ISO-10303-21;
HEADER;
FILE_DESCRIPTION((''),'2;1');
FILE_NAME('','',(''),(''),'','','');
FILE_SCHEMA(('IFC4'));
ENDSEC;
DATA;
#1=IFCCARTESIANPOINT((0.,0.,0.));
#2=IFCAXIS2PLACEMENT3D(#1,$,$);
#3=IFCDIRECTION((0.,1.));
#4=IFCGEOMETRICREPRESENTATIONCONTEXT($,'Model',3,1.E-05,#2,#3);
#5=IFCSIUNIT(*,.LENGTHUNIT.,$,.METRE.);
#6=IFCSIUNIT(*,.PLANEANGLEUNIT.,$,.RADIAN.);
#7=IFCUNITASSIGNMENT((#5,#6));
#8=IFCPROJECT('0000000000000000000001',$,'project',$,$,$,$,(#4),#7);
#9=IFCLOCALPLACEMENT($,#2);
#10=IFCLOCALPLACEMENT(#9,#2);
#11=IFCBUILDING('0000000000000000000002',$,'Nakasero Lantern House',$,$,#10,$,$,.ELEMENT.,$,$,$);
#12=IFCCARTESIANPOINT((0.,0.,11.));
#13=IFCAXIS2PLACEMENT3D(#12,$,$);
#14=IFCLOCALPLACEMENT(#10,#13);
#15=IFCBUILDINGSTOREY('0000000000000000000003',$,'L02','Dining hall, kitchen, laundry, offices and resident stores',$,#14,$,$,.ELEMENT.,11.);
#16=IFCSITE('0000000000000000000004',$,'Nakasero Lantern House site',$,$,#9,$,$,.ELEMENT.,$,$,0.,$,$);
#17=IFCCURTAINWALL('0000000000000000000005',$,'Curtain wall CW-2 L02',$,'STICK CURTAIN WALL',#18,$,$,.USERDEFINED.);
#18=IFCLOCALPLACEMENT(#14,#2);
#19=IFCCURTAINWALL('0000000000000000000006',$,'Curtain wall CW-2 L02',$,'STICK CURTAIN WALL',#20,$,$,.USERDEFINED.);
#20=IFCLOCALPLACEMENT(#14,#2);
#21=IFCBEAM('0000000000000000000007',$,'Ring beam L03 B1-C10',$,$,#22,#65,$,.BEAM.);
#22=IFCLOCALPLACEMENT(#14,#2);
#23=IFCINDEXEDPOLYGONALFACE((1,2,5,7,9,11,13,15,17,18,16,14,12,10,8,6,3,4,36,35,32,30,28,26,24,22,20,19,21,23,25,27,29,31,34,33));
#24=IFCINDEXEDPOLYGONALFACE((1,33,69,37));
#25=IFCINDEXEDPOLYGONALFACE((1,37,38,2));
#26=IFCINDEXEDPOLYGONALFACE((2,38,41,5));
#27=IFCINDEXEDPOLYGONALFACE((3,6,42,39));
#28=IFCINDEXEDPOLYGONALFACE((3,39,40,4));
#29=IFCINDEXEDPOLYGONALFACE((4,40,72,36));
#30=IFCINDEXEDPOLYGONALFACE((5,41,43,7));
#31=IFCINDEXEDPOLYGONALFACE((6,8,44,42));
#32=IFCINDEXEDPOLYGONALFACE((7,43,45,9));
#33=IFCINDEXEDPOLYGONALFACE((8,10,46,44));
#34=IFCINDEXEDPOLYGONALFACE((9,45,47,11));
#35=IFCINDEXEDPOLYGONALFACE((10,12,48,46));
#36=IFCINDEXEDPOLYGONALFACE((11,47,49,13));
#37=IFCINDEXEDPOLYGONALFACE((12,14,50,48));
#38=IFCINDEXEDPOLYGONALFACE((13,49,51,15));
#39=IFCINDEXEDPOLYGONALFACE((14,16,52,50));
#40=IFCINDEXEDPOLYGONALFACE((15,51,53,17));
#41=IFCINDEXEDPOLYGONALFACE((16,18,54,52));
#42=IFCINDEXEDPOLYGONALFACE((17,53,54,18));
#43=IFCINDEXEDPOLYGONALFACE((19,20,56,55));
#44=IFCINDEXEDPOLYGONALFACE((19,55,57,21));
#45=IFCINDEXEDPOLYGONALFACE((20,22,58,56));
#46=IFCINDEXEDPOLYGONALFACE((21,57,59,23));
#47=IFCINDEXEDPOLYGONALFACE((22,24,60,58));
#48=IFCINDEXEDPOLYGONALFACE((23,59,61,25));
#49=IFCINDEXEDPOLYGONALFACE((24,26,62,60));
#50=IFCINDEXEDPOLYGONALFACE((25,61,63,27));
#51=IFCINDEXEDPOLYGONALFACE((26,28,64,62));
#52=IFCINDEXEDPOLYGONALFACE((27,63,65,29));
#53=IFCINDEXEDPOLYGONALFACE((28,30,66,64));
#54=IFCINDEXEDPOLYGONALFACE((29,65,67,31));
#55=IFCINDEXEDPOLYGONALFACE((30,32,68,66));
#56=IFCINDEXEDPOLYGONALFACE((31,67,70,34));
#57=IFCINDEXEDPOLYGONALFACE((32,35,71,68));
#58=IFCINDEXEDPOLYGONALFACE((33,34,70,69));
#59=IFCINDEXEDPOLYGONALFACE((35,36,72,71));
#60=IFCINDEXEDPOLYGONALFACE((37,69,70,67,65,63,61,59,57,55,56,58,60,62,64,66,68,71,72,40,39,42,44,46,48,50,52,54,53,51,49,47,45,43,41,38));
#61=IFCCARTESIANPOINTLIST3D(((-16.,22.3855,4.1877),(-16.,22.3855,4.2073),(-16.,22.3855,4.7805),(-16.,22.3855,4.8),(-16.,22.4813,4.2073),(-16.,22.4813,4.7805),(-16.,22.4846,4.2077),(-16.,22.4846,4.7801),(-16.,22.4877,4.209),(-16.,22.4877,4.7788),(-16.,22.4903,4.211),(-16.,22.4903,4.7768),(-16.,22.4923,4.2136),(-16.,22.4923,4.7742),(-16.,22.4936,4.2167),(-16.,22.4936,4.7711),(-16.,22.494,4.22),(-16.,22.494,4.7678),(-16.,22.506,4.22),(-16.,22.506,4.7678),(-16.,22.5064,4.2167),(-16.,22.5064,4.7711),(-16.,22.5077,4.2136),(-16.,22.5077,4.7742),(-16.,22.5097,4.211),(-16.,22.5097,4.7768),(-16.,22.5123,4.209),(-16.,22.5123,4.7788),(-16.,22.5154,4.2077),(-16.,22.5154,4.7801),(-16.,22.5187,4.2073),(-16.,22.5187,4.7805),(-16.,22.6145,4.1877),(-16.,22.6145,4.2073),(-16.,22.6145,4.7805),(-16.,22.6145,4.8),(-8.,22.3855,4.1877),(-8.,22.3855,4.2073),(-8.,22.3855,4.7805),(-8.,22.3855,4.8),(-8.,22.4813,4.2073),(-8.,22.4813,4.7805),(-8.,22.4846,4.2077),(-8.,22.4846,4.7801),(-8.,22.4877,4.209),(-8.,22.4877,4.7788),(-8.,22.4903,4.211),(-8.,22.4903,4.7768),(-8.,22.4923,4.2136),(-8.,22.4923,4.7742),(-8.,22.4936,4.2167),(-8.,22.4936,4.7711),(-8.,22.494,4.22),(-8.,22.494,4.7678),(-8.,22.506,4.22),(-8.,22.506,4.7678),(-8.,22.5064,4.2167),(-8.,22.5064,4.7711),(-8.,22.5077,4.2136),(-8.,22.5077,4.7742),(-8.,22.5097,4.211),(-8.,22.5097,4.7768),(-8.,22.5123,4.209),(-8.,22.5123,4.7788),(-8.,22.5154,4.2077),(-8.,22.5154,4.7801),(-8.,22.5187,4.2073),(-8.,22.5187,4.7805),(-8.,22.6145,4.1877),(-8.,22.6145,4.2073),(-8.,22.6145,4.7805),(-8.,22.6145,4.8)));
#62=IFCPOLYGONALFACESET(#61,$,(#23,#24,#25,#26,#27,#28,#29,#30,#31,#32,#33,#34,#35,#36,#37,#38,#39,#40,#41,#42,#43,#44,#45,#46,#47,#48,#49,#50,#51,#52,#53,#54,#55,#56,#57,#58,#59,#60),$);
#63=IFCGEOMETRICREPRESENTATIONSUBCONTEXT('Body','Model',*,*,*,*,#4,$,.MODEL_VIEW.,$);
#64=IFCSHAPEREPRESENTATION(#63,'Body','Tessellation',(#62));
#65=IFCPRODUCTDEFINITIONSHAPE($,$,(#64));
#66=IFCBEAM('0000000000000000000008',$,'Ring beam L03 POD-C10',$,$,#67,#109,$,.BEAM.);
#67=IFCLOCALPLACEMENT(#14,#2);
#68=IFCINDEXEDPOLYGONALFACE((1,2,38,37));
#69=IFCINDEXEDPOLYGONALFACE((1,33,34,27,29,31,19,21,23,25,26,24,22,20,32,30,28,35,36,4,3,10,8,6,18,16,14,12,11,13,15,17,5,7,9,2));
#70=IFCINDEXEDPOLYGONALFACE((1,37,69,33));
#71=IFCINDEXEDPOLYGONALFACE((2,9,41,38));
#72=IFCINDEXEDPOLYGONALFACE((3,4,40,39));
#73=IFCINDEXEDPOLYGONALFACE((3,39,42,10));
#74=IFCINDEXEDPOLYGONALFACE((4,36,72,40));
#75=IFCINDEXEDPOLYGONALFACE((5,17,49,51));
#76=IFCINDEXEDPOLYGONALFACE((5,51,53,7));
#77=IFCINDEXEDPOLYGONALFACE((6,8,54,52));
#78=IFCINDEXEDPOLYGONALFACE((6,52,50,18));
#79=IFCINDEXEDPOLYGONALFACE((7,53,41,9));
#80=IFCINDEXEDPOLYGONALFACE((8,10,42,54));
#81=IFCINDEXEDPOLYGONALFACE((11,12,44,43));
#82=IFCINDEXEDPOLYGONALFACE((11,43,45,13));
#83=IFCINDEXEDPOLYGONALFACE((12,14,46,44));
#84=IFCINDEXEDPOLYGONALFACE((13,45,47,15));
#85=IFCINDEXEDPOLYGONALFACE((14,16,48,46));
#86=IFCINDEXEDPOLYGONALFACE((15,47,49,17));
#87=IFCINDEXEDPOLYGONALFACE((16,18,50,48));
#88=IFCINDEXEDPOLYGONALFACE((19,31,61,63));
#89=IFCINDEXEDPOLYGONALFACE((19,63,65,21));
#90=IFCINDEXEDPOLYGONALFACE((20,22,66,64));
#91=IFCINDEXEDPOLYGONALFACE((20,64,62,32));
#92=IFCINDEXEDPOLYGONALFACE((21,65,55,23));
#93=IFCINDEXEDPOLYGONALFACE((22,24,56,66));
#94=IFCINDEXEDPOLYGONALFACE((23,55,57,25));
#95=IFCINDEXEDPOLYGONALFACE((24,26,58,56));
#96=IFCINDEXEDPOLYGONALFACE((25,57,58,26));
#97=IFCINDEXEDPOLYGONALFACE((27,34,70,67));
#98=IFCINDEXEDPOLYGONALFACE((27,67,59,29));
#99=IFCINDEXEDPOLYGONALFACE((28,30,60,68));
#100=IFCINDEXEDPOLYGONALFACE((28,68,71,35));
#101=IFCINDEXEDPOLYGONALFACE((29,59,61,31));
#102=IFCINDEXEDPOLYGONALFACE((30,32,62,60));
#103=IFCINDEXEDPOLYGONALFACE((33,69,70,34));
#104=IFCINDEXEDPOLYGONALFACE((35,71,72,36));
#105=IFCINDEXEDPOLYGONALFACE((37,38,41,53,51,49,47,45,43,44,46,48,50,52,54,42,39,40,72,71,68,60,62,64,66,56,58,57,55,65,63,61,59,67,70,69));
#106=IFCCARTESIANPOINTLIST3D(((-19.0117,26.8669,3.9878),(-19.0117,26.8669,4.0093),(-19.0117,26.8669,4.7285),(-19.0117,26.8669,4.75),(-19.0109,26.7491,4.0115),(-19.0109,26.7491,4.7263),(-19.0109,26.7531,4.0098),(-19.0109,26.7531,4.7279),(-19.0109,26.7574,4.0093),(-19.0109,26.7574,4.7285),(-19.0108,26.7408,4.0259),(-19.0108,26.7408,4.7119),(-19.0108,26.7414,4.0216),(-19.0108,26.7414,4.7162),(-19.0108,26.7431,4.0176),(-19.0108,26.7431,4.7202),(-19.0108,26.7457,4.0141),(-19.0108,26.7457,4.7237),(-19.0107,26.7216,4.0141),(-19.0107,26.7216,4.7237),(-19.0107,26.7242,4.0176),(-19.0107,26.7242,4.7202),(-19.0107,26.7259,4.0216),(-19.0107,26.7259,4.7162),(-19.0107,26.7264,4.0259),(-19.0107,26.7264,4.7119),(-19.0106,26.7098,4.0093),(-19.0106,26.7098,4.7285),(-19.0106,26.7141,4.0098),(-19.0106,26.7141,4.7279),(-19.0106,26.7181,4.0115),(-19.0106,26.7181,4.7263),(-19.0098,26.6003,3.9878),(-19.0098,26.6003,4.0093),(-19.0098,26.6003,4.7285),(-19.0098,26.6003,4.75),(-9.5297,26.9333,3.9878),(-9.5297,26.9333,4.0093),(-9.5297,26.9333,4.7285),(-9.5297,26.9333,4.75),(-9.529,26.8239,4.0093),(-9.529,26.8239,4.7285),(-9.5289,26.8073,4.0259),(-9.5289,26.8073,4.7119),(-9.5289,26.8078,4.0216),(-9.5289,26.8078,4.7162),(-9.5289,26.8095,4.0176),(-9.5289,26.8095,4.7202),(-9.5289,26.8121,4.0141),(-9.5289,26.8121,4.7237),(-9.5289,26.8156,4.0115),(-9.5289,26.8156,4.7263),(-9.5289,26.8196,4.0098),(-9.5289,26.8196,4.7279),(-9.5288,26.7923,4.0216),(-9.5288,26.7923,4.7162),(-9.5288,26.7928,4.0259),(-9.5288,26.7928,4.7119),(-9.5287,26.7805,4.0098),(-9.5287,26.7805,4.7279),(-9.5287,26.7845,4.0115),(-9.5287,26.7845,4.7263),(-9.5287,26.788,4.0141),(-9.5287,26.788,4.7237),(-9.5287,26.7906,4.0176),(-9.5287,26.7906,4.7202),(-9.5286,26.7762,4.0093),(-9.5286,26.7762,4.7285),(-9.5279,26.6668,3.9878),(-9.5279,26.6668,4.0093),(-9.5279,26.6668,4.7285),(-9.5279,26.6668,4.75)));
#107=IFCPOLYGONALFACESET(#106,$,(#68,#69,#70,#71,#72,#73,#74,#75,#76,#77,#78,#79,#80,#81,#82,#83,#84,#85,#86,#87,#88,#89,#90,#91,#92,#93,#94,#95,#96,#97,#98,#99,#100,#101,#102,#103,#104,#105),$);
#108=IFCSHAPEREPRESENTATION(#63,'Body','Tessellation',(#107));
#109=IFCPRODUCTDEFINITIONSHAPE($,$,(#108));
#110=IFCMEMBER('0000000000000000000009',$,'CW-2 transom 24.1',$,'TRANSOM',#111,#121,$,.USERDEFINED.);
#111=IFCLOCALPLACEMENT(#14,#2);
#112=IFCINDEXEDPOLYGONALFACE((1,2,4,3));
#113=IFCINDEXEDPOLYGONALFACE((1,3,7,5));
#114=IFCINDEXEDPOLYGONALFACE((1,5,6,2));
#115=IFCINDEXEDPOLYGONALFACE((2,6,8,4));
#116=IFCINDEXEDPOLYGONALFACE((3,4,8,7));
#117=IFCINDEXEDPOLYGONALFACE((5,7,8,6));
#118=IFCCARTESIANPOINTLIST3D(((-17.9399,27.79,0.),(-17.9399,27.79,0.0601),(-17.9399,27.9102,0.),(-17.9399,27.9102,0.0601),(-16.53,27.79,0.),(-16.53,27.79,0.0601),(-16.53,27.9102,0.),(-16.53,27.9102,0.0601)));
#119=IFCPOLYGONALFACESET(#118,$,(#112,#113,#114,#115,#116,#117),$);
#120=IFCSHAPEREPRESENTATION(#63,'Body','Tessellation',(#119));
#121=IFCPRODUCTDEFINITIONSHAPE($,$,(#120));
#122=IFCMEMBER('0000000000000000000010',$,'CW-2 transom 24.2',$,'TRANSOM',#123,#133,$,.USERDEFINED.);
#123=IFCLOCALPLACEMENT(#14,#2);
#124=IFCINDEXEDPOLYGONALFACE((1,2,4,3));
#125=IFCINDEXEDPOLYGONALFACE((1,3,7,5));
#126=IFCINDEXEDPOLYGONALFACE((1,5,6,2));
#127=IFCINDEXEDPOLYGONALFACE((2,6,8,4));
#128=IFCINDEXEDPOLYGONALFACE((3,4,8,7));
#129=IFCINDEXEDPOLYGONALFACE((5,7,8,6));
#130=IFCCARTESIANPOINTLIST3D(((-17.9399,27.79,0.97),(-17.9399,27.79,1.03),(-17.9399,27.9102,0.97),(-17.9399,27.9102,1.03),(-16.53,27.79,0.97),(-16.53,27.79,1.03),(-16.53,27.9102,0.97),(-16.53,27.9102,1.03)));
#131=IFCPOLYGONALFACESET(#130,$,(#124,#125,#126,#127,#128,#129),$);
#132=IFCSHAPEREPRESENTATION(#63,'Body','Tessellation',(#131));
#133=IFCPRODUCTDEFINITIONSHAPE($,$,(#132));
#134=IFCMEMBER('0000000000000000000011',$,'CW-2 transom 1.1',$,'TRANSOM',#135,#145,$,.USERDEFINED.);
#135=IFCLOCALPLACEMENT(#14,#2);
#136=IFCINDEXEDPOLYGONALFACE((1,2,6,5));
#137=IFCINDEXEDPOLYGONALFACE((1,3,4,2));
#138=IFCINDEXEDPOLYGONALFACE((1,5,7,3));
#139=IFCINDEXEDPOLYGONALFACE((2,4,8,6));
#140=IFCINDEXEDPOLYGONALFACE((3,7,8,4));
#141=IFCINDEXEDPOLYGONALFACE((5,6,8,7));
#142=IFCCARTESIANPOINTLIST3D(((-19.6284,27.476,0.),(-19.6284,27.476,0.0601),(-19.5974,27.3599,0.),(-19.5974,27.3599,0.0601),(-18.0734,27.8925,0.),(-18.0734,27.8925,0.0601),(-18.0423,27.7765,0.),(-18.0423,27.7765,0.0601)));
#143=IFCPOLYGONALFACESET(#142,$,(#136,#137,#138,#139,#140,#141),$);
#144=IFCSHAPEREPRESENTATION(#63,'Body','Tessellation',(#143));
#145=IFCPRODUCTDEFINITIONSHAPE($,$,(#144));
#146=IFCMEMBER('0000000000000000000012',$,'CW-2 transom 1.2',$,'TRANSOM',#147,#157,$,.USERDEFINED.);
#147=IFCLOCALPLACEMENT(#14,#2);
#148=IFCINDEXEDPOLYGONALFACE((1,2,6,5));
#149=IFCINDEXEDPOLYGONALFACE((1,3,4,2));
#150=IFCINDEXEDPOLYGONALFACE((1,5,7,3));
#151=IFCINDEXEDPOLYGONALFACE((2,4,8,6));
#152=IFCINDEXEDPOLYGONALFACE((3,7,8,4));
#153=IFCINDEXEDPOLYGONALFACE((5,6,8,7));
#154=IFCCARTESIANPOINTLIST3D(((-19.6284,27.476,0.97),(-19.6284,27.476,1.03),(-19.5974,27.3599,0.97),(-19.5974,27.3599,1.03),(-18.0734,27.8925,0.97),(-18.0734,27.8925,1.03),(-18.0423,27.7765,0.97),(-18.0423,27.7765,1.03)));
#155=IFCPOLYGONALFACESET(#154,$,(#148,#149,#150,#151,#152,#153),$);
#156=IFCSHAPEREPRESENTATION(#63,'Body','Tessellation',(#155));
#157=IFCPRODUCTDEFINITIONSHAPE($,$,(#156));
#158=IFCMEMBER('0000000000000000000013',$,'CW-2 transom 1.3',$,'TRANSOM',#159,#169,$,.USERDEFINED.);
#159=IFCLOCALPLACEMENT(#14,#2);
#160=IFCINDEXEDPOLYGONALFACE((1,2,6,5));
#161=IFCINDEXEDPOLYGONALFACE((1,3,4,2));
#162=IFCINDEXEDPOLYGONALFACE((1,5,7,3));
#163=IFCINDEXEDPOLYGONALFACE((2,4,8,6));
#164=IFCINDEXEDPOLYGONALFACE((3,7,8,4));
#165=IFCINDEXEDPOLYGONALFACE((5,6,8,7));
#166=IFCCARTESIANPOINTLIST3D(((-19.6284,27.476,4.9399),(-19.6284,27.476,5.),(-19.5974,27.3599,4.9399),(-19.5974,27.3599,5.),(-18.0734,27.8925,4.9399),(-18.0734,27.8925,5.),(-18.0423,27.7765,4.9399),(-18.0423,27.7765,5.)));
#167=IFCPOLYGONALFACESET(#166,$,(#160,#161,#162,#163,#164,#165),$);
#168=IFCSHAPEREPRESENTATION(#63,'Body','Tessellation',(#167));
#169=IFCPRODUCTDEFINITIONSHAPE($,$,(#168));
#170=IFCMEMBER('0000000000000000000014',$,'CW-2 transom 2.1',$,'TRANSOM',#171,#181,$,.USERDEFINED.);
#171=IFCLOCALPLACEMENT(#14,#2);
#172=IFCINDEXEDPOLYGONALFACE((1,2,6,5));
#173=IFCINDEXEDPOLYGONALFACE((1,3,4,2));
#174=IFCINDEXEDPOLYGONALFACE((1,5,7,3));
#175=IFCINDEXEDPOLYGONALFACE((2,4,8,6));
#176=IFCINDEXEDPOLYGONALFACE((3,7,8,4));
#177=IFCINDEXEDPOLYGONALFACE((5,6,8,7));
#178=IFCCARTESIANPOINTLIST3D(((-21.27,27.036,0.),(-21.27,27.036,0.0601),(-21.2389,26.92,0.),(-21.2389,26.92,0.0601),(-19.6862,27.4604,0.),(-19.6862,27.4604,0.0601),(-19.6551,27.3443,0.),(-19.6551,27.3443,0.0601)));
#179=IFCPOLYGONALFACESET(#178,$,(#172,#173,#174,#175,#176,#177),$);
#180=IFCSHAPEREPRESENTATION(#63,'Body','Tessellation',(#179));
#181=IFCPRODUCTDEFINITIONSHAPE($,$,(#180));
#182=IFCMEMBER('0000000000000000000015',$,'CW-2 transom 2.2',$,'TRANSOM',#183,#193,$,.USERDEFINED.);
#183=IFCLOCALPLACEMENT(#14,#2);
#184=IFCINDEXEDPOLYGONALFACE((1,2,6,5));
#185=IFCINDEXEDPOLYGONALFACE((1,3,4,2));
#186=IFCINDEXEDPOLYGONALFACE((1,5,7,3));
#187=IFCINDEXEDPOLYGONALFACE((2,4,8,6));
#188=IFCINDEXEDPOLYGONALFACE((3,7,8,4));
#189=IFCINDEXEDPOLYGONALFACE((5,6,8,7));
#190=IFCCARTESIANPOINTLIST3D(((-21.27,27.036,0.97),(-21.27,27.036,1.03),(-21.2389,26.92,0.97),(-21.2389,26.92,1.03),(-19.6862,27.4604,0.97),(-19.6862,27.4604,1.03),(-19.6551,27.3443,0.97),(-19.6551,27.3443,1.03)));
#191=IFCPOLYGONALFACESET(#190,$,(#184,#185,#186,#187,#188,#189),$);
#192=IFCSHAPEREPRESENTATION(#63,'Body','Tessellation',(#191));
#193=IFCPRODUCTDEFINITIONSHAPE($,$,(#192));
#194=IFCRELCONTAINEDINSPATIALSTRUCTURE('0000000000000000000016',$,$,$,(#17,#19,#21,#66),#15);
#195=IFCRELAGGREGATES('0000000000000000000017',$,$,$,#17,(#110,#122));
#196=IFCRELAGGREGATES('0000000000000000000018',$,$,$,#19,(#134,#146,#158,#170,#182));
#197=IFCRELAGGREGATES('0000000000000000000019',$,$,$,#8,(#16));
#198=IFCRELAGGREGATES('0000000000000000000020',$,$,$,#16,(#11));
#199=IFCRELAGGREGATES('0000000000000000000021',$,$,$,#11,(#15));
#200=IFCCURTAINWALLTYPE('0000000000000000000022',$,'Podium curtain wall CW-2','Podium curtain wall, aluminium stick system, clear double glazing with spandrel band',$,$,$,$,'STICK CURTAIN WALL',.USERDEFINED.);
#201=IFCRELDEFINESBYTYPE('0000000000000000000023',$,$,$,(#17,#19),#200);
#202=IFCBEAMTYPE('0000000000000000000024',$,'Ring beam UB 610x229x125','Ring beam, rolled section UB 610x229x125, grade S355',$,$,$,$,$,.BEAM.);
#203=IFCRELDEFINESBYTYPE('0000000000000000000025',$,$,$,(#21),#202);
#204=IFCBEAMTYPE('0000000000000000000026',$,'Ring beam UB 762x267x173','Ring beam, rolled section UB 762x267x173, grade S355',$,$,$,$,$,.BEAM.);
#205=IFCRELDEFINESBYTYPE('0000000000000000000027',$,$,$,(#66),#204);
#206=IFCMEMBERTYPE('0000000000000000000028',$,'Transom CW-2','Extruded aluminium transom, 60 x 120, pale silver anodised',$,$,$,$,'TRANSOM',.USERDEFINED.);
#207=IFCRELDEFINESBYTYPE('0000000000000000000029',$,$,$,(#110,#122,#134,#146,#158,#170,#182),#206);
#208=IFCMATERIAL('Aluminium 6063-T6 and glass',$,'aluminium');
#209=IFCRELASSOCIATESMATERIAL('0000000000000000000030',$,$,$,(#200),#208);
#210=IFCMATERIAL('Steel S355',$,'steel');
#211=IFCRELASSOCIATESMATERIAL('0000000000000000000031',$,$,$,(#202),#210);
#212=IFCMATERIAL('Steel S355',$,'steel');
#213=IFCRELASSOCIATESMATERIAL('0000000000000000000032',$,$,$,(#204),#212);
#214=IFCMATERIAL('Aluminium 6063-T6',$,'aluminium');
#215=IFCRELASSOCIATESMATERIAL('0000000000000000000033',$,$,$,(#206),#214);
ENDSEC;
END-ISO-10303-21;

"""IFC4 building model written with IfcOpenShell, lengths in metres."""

from ifc_helpers import new_model, si_unit, direction, frame, origin, origin_2d, place, context, subcontext, project, spatial, rectangle, i_section, extrude, material, material_profile, profile_set, type_object, element, aggregate, save


model = new_model("IFC4")

# Units and contexts
model_context = context("Model", 3, precision=1e-05, world=origin(), true_north=direction((0.0, 1.0)))
body_context = subcontext(model_context, "Body", "Model", "MODEL_VIEW")
ifc_project = project(units=[si_unit("LENGTHUNIT", "METRE"), si_unit("PLANEANGLEUNIT", "RADIAN")], contexts=[model_context])

# Site, building, storey
site_placement = place(None, origin())
site = spatial("IfcSite", under=ifc_project, at=site_placement, Name="Nakasero Lantern House site", CompositionType="ELEMENT", RefElevation=0.0)
building_placement = place(site_placement, origin())
building = spatial("IfcBuilding", under=site, at=building_placement, Name="Nakasero Lantern House", CompositionType="ELEMENT")
storey_placement = place(building_placement, frame((0.0, 0.0, 11.0)))
storey = spatial("IfcBuildingStorey", under=building, at=storey_placement, Name="L02", Description="Dining hall, kitchen, laundry, offices and resident stores", CompositionType="ELEMENT", Elevation=11.0)

# Curtain wall
ifc_material_1 = material(Name="Aluminium 6063-T6 and glass", Category="aluminium")
curtain_wall_type = type_object("IfcCurtainWallType", Name="Podium curtain wall CW-2", Description="Podium curtain wall, aluminium stick system, clear double glazing with spandrel band", ElementType="STICK CURTAIN WALL", PredefinedType="USERDEFINED", material=ifc_material_1)
curtain_wall_1_placement = place(storey_placement, origin())
curtain_wall_1 = element("IfcCurtainWall", 1, at=curtain_wall_1_placement, inside=storey, type_object=curtain_wall_type, Name="Curtain wall CW-2 L02", ObjectType="STICK CURTAIN WALL", PredefinedType="USERDEFINED")

# Curtain wall
curtain_wall_2_placement = place(storey_placement, origin())
curtain_wall_2 = element("IfcCurtainWall", 2, at=curtain_wall_2_placement, inside=storey, type_object=curtain_wall_type, Name="Curtain wall CW-2 L02", ObjectType="STICK CURTAIN WALL", PredefinedType="USERDEFINED")

# Beams
ifc_material_2 = material(Name="Steel S355", Category="steel")
ifc_material_profile_1 = material_profile(ifc_material_2, i_section(OverallWidth=0.229, OverallDepth=0.6123, WebThickness=0.012, FlangeThickness=0.0195, FilletRadius=0.0127, at=origin_2d()), Name="UB 610x229x125")
ifc_profile_set_1 = profile_set([ifc_material_profile_1], Name="Steel S355")
beam_type_1 = type_object("IfcBeamType", Name="Ring beam UB 610x229x125", Description="Ring beam, rolled section UB 610x229x125, grade S355", PredefinedType="BEAM", material=ifc_profile_set_1)
beam_1_placement = place(storey_placement, frame((-8.0, 22.5, 4.4939), z_axis=(-1.0, 0.0, 0.0), x_axis=(0.0, -1.0, 0.0)))
element("IfcBeam", 3, at=beam_1_placement, inside=storey, type_object=beam_type_1, Name="Ring beam L03 B1-C10", PredefinedType="BEAM", context=body_context, shape_type="SweptSolid", body=[
    extrude(i_section(OverallWidth=0.229, OverallDepth=0.6123, WebThickness=0.012, FlangeThickness=0.0195, FilletRadius=0.0127, at=origin_2d()), origin(), (0.0, 0.0, 1.0), 8.0),
])
ifc_material_3 = material(Name="Steel S355", Category="steel")
ifc_material_profile_2 = material_profile(ifc_material_3, i_section(OverallWidth=0.2666, OverallDepth=0.7622, WebThickness=0.0144, FlangeThickness=0.0215, FilletRadius=0.0166, at=origin_2d()), Name="UB 762x267x173")
ifc_profile_set_2 = profile_set([ifc_material_profile_2], Name="Steel S355")
beam_type_2 = type_object("IfcBeamType", Name="Ring beam UB 762x267x173", Description="Ring beam, rolled section UB 762x267x173, grade S355", PredefinedType="BEAM", material=ifc_profile_set_2)
beam_2_placement = place(storey_placement, frame((-9.5288, 26.8, 4.3689), z_axis=(-0.999975, -0.007003, 0.0), x_axis=(0.007003, -0.999975, 0.0)))
element("IfcBeam", 4, at=beam_2_placement, inside=storey, type_object=beam_type_2, Name="Ring beam L03 POD-C10", PredefinedType="BEAM", context=body_context, shape_type="SweptSolid", body=[
    extrude(i_section(OverallWidth=0.2666, OverallDepth=0.7622, WebThickness=0.0144, FlangeThickness=0.0215, FilletRadius=0.0166, at=origin_2d()), origin(), (0.0, 0.0, 1.0), 9.4822),
])

# Members
ifc_material_4 = material(Name="Aluminium 6063-T6", Category="aluminium")
ifc_material_profile_3 = material_profile(ifc_material_4, rectangle(XDim=0.0601, YDim=0.1201, at=origin_2d()), Name="CW-2 transom 60x120")
ifc_profile_set_3 = profile_set([ifc_material_profile_3], Name="Aluminium 6063-T6")
member_type_1 = type_object("IfcMemberType", Name="Transom CW-2", Description="Extruded aluminium transom, 60 x 120, pale silver anodised", ElementType="TRANSOM", PredefinedType="USERDEFINED", material=ifc_profile_set_3)
member_1_placement = place(storey_placement, frame((-16.53, 27.8501, 0.03), z_axis=(-1.0, 0.0, 0.0), x_axis=(0.0, 0.0, 1.0)))
member_1 = element("IfcMember", 5, at=member_1_placement, type_object=member_type_1, Name="CW-2 transom 24.1", ObjectType="TRANSOM", PredefinedType="USERDEFINED", context=body_context, shape_type="SweptSolid", body=[
    extrude(rectangle(XDim=0.0601, YDim=0.1201, at=origin_2d()), origin(), (0.0, 0.0, 1.0), 1.4099),
])
member_2_placement = place(storey_placement, frame((-16.53, 27.8501, 1.0), z_axis=(-1.0, 0.0, 0.0), x_axis=(0.0, 0.0, 1.0)))
member_2 = element("IfcMember", 6, at=member_2_placement, type_object=member_type_1, Name="CW-2 transom 24.2", ObjectType="TRANSOM", PredefinedType="USERDEFINED", context=body_context, shape_type="SweptSolid", body=[
    extrude(rectangle(XDim=0.0601, YDim=0.1201, at=origin_2d()), origin(), (0.0, 0.0, 1.0), 1.4099),
])
member_3_placement = place(storey_placement, frame((-18.0579, 27.8345, 0.03), z_axis=(-0.965947, -0.258739, 0.0), x_axis=(0.0, 0.0, 1.0)))
member_3 = element("IfcMember", 7, at=member_3_placement, type_object=member_type_1, Name="CW-2 transom 1.1", ObjectType="TRANSOM", PredefinedType="USERDEFINED", context=body_context, shape_type="SweptSolid", body=[
    extrude(rectangle(XDim=0.0601, YDim=0.1201, at=origin_2d()), origin(), (0.0, 0.0, 1.0), 1.6099),
])
member_4_placement = place(storey_placement, frame((-18.0579, 27.8345, 1.0), z_axis=(-0.965947, -0.258739, 0.0), x_axis=(0.0, 0.0, 1.0)))
member_4 = element("IfcMember", 8, at=member_4_placement, type_object=member_type_1, Name="CW-2 transom 1.2", ObjectType="TRANSOM", PredefinedType="USERDEFINED", context=body_context, shape_type="SweptSolid", body=[
    extrude(rectangle(XDim=0.0601, YDim=0.1201, at=origin_2d()), origin(), (0.0, 0.0, 1.0), 1.6099),
])
member_5_placement = place(storey_placement, frame((-18.0579, 27.8345, 4.97), z_axis=(-0.965947, -0.258739, 0.0), x_axis=(0.0, 0.0, 1.0)))
member_5 = element("IfcMember", 9, at=member_5_placement, type_object=member_type_1, Name="CW-2 transom 1.3", ObjectType="TRANSOM", PredefinedType="USERDEFINED", context=body_context, shape_type="SweptSolid", body=[
    extrude(rectangle(XDim=0.0601, YDim=0.1201, at=origin_2d()), origin(), (0.0, 0.0, 1.0), 1.6099),
])
member_6_placement = place(storey_placement, frame((-19.6707, 27.4023, 0.03), z_axis=(-0.965933, -0.258793, 0.0), x_axis=(0.0, 0.0, 1.0)))
member_6 = element("IfcMember", 10, at=member_6_placement, type_object=member_type_1, Name="CW-2 transom 2.1", ObjectType="TRANSOM", PredefinedType="USERDEFINED", context=body_context, shape_type="SweptSolid", body=[
    extrude(rectangle(XDim=0.0601, YDim=0.1201, at=origin_2d()), origin(), (0.0, 0.0, 1.0), 1.6396),
])
member_7_placement = place(storey_placement, frame((-19.6707, 27.4023, 1.0), z_axis=(-0.965933, -0.258793, 0.0), x_axis=(0.0, 0.0, 1.0)))
member_7 = element("IfcMember", 11, at=member_7_placement, type_object=member_type_1, Name="CW-2 transom 2.2", ObjectType="TRANSOM", PredefinedType="USERDEFINED", context=body_context, shape_type="SweptSolid", body=[
    extrude(rectangle(XDim=0.0601, YDim=0.1201, at=origin_2d()), origin(), (0.0, 0.0, 1.0), 1.6396),
])

aggregate(curtain_wall_1, [member_1, member_2])
aggregate(curtain_wall_2, [member_3, member_4, member_5, member_6, member_7])

save(model, "model.ifc")
